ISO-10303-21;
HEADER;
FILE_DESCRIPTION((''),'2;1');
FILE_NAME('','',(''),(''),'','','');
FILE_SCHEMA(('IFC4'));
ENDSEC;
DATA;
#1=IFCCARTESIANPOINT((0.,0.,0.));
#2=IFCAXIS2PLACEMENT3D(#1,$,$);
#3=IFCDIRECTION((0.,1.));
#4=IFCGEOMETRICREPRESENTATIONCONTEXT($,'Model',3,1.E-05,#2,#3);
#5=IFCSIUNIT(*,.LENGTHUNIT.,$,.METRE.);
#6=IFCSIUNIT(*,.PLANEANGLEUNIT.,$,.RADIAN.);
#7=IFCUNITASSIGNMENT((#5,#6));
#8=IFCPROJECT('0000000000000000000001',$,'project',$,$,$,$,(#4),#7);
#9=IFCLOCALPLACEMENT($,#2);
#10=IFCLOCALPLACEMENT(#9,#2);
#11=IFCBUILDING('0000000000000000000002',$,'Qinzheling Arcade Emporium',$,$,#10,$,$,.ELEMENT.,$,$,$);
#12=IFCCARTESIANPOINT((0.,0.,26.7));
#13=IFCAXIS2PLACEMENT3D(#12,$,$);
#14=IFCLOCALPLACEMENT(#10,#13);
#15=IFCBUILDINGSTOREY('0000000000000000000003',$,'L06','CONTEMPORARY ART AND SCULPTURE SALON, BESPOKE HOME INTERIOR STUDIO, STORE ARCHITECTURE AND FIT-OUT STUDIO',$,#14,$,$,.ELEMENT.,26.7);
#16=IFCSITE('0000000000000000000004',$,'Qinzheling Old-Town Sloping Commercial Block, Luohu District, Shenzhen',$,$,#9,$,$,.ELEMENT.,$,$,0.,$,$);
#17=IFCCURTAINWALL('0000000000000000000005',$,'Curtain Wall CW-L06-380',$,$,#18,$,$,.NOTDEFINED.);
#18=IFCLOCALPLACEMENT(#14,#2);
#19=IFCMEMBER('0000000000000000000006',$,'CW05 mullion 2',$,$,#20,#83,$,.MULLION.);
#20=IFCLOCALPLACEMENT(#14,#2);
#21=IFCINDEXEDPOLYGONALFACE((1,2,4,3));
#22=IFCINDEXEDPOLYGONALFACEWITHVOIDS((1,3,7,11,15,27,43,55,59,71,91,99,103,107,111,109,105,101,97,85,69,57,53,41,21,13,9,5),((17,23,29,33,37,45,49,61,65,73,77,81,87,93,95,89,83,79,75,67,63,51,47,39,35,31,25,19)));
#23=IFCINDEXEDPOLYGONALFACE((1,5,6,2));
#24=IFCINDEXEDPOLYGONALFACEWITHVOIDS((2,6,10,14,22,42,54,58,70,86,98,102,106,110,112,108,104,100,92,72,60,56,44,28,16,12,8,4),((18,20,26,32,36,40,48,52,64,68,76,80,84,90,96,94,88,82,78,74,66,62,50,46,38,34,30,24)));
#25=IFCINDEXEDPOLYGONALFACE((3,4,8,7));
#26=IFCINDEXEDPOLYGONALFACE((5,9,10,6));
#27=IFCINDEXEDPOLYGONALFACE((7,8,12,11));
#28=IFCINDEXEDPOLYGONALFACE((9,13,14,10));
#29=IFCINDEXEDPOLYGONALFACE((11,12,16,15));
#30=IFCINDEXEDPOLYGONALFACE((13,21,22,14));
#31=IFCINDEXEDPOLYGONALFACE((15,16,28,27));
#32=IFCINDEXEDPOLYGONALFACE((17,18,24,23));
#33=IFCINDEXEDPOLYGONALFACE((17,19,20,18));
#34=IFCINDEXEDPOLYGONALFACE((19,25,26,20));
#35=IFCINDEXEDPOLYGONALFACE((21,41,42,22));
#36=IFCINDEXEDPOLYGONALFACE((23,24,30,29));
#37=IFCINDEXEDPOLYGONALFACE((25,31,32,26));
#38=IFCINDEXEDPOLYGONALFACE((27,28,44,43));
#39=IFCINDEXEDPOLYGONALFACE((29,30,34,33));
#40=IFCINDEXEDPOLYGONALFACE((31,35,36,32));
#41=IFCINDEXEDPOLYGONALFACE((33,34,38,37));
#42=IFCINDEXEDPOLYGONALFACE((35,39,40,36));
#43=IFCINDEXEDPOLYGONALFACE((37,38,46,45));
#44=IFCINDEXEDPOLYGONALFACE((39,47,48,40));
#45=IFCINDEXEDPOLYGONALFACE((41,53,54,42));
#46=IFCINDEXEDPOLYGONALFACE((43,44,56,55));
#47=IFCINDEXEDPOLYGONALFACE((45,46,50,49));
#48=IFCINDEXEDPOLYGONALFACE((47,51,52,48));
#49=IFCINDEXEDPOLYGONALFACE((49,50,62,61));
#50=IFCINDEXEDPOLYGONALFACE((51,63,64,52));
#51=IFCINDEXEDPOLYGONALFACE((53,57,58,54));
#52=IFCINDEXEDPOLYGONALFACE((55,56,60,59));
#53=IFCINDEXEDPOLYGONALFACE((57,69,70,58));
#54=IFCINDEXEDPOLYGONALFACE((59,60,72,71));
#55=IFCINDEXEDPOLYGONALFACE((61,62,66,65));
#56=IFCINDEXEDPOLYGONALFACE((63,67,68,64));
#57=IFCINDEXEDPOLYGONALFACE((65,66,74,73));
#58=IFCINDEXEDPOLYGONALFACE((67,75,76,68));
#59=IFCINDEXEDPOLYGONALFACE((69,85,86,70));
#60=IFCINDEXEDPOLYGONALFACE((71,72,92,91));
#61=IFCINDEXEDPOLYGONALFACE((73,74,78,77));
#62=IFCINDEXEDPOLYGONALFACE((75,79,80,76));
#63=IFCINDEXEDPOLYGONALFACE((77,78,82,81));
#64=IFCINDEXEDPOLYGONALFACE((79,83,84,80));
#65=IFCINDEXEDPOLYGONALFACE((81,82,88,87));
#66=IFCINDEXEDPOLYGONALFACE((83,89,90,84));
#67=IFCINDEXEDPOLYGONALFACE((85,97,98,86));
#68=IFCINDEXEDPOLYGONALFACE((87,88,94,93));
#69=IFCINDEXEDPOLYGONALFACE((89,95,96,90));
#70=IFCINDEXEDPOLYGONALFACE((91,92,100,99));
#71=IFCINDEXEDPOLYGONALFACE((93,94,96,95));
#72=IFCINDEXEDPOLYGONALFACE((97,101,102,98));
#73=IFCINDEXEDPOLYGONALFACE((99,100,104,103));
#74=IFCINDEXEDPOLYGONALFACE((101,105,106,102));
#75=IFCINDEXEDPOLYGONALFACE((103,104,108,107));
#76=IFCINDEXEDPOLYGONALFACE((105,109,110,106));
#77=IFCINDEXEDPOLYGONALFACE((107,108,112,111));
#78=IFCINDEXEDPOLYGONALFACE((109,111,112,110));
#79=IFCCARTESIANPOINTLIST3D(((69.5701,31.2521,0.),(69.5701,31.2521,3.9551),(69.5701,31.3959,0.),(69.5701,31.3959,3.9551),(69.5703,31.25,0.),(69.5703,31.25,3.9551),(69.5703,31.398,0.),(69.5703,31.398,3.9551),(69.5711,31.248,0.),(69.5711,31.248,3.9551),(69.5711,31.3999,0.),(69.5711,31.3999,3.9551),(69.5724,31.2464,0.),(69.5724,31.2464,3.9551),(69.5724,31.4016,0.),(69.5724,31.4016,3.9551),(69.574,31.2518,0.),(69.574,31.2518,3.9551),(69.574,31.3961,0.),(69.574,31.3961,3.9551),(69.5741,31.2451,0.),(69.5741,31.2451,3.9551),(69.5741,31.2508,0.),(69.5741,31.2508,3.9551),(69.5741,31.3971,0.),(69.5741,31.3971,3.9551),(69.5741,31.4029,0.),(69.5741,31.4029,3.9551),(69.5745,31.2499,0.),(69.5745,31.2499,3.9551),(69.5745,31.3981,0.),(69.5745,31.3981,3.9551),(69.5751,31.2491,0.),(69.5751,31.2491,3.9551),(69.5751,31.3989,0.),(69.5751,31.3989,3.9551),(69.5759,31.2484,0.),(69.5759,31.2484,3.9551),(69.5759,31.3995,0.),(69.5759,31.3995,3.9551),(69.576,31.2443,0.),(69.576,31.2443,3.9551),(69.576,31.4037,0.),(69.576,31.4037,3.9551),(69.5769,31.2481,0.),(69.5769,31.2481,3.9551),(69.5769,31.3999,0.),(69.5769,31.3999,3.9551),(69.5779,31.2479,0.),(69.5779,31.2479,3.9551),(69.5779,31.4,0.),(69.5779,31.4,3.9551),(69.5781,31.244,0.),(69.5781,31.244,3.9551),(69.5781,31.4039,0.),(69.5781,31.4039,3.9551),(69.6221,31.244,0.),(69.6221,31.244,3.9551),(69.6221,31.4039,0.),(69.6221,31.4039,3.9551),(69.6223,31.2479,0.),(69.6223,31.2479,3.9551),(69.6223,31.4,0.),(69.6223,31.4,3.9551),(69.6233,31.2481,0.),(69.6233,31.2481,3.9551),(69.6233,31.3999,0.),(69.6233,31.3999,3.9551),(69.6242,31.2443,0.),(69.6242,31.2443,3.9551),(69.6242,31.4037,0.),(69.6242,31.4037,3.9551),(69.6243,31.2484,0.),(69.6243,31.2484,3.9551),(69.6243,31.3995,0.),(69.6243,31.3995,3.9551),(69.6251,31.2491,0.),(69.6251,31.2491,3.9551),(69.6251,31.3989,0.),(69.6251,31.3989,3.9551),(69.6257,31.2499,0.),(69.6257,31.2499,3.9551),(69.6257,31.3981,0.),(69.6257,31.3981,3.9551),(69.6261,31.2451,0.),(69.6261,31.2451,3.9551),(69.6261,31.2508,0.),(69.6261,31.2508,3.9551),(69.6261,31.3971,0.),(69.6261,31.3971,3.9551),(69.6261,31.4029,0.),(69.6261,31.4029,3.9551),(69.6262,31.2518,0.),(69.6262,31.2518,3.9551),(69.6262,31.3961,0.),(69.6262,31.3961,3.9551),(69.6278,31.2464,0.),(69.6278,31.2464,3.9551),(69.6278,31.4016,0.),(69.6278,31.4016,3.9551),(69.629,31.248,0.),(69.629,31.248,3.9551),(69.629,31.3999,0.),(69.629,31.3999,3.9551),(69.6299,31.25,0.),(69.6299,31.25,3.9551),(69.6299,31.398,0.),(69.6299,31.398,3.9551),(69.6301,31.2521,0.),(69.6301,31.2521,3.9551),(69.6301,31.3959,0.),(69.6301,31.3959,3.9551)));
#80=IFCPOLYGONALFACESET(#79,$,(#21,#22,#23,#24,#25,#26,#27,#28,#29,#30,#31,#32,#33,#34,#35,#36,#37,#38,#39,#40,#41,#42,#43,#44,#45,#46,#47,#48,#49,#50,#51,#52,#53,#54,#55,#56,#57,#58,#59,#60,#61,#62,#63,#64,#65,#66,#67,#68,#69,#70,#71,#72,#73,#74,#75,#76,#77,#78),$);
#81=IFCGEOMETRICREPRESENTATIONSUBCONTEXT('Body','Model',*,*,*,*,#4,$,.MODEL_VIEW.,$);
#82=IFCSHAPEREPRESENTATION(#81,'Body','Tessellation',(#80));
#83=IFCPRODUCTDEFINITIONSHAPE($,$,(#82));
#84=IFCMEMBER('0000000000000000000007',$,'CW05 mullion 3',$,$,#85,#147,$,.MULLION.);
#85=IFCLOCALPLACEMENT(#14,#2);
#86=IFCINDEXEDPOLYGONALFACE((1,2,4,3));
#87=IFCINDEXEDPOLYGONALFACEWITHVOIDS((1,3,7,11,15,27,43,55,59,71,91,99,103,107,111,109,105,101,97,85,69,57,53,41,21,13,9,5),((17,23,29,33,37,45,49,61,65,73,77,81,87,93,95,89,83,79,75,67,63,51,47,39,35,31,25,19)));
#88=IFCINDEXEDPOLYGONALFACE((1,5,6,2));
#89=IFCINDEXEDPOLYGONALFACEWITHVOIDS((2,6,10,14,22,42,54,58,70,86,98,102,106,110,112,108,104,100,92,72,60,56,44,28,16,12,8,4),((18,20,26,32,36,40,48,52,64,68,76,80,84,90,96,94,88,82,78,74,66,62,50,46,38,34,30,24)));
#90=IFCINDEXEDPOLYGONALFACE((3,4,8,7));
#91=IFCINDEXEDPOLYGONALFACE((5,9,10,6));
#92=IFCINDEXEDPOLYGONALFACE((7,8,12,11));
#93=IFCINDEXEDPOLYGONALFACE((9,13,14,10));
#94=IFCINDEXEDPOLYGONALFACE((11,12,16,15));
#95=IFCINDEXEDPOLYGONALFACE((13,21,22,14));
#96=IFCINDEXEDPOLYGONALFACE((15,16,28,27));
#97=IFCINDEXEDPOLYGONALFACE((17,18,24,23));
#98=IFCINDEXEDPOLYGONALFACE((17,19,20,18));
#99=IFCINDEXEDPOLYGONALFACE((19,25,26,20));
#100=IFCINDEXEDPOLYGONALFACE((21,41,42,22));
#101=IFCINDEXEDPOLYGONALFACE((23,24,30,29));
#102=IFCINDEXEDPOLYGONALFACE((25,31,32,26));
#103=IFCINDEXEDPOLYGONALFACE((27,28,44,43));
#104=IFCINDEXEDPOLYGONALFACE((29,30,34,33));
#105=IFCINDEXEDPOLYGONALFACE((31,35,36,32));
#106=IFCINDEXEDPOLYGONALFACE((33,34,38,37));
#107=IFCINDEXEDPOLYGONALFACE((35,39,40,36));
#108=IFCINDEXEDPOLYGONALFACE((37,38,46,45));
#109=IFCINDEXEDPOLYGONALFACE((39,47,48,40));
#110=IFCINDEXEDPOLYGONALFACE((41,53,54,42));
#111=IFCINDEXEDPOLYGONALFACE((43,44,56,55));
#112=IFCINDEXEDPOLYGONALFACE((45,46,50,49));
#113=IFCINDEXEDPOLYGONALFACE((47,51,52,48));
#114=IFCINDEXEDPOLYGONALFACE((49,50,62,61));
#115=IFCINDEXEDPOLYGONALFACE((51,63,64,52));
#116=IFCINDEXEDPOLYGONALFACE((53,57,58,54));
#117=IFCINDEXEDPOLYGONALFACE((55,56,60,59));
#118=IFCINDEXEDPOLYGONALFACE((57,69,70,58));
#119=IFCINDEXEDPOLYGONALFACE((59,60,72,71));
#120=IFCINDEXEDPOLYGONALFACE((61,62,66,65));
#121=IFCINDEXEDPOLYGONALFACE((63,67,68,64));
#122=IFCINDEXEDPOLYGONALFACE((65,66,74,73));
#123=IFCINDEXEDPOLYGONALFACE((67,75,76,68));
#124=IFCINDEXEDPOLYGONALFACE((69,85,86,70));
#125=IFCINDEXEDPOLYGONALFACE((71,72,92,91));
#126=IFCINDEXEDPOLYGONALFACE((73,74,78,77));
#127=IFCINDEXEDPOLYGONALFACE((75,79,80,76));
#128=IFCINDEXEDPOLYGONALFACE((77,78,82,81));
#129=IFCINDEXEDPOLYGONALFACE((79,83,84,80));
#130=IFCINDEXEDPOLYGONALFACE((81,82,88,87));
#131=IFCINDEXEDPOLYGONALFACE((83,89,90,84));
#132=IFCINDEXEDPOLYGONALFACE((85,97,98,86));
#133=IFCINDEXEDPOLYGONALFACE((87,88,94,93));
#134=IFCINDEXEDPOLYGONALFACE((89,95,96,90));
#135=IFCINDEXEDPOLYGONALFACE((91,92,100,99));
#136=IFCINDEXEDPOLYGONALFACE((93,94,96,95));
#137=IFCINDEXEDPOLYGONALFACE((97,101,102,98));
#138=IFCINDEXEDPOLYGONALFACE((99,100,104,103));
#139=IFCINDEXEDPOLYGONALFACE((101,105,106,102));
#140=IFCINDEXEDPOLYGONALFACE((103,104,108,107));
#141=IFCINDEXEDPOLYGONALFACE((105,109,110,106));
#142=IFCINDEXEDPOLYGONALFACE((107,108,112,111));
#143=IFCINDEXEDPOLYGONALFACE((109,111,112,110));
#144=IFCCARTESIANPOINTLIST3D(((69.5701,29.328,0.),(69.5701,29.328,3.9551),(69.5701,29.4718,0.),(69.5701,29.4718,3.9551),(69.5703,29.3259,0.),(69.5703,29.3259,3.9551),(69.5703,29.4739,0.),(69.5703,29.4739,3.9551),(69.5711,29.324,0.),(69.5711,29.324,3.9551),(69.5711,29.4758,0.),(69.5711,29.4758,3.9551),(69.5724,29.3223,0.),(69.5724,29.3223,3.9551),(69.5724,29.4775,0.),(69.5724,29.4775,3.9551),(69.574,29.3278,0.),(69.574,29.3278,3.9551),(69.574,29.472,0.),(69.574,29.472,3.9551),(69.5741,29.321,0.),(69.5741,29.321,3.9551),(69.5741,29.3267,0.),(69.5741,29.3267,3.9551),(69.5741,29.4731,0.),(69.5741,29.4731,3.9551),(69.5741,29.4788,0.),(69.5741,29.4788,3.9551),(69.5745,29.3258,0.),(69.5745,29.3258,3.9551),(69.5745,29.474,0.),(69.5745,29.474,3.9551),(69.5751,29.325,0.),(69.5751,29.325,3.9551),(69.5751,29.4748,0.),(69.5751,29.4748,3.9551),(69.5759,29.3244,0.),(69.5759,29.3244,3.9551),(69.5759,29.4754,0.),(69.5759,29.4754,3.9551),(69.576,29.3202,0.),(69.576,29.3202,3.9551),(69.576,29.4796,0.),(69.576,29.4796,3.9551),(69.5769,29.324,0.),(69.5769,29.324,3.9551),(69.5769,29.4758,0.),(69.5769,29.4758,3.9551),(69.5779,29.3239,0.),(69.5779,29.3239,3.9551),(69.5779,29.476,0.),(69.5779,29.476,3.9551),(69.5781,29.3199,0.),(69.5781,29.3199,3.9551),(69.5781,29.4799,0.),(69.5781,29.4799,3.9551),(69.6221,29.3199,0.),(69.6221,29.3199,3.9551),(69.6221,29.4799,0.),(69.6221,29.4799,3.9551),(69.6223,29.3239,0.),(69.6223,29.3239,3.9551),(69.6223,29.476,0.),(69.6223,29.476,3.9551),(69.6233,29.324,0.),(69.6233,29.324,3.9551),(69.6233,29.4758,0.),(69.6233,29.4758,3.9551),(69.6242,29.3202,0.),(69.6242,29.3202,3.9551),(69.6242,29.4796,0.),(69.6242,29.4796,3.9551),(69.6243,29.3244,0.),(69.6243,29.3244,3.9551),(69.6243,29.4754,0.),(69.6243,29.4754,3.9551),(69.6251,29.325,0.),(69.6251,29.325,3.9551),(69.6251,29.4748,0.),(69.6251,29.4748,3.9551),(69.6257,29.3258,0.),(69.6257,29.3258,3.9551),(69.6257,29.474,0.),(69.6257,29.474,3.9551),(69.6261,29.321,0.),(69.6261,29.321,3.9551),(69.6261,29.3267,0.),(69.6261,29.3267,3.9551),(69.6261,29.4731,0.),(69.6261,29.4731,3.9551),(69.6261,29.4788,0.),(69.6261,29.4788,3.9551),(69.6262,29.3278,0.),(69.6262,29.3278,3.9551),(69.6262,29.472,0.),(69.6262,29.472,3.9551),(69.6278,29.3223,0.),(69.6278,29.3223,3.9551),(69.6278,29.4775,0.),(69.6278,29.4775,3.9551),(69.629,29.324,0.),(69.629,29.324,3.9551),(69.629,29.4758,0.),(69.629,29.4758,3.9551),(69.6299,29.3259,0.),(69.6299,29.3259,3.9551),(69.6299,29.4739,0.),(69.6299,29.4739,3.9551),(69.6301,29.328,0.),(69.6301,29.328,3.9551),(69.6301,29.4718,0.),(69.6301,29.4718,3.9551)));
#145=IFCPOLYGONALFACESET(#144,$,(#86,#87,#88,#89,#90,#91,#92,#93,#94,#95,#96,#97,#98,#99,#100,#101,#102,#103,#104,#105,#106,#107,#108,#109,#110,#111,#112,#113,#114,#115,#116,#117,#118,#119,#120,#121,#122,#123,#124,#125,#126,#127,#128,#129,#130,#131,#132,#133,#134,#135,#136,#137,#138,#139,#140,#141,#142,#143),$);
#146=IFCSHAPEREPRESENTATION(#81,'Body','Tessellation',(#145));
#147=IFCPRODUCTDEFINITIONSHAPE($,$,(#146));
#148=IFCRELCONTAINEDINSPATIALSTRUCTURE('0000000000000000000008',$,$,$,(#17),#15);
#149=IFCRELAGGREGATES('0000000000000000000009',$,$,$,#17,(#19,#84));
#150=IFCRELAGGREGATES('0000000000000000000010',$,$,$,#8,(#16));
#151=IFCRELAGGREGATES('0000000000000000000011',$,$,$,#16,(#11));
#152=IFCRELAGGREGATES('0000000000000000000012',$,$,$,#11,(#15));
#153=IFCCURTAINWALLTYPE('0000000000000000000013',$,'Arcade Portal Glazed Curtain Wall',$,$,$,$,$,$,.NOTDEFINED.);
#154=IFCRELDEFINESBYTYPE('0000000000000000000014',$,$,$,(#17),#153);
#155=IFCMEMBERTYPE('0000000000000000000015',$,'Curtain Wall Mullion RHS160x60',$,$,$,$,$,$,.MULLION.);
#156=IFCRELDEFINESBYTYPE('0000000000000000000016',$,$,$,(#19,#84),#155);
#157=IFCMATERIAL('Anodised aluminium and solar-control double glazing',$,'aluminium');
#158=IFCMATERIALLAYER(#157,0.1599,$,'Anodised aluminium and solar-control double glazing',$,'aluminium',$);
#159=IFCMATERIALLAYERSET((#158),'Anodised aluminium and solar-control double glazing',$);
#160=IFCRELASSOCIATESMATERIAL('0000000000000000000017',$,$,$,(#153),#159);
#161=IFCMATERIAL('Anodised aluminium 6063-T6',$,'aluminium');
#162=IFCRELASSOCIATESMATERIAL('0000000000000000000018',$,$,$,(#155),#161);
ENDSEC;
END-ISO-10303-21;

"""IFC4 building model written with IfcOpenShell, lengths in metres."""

from ifc_helpers import new_model, si_unit, direction, frame, origin, origin_2d, place, context, subcontext, project, spatial, hollow_rectangle, extrude, material, layer, layer_set, material_profile, profile_set, type_object, element, aggregate, save


model = new_model("IFC4")

# Units and contexts
model_context = context("Model", 3, precision=1e-05, world=origin(), true_north=direction((0.0, 1.0)))
body_context = subcontext(model_context, "Body", "Model", "MODEL_VIEW")
ifc_project = project(units=[si_unit("LENGTHUNIT", "METRE"), si_unit("PLANEANGLEUNIT", "RADIAN")], contexts=[model_context])

# Site, building, storey
site_placement = place(None, origin())
site = spatial("IfcSite", under=ifc_project, at=site_placement, Name="Qinzheling Old-Town Sloping Commercial Block, Luohu District, Shenzhen", CompositionType="ELEMENT", RefElevation=0.0)
building_placement = place(site_placement, origin())
building = spatial("IfcBuilding", under=site, at=building_placement, Name="Qinzheling Arcade Emporium", CompositionType="ELEMENT")
storey_placement = place(building_placement, frame((0.0, 0.0, 26.7)))
storey = spatial("IfcBuildingStorey", under=building, at=storey_placement, Name="L06", Description="CONTEMPORARY ART AND SCULPTURE SALON, BESPOKE HOME INTERIOR STUDIO, STORE ARCHITECTURE AND FIT-OUT STUDIO", CompositionType="ELEMENT", Elevation=26.7)

# Curtain wall, members
ifc_material_1 = material(Name="Anodised aluminium and solar-control double glazing", Category="aluminium")
ifc_layer_1 = layer(ifc_material_1, 0.1599, Name="Anodised aluminium and solar-control double glazing", Category="aluminium")
ifc_layer_set_1 = layer_set([ifc_layer_1], Name="Anodised aluminium and solar-control double glazing")
curtain_wall_type = type_object("IfcCurtainWallType", Name="Arcade Portal Glazed Curtain Wall", PredefinedType="NOTDEFINED", material=ifc_layer_set_1)
curtain_wall_placement = place(storey_placement, origin())
curtain_wall = element("IfcCurtainWall", 1, at=curtain_wall_placement, inside=storey, type_object=curtain_wall_type, Name="Curtain Wall CW-L06-380", PredefinedType="NOTDEFINED")
ifc_material_2 = material(Name="Anodised aluminium 6063-T6", Category="aluminium")
ifc_material_profile_1 = material_profile(ifc_material_2, hollow_rectangle(XDim=0.0601, YDim=0.1599, WallThickness=0.0039, InnerFilletRadius=0.0039, OuterFilletRadius=0.0081, at=origin_2d()), Name="RHS 160x60x4", Category="aluminium")
ifc_profile_set_1 = profile_set([ifc_material_profile_1], Name="Anodised aluminium 6063-T6")
member_type_1 = type_object("IfcMemberType", Name="Curtain Wall Mullion RHS160x60", PredefinedType="MULLION", material=ifc_profile_set_1)
member_1_placement = place(storey_placement, frame((69.6001, 31.324, 0.0), z_axis=(0.0, 0.0, 1.0), x_axis=(1.0, 0.0, 0.0)))
member_1 = element("IfcMember", 2, at=member_1_placement, type_object=member_type_1, Name="CW05 mullion 2", PredefinedType="MULLION", context=body_context, shape_type="SweptSolid", body=[
    extrude(hollow_rectangle(XDim=0.0601, YDim=0.1599, WallThickness=0.0039, InnerFilletRadius=0.0039, OuterFilletRadius=0.0081, at=origin_2d()), origin(), (0.0, 0.0, 1.0), 3.9551),
])
member_2_placement = place(storey_placement, frame((69.6001, 29.3999, 0.0), z_axis=(0.0, 0.0, 1.0), x_axis=(1.0, 0.0, 0.0)))
member_2 = element("IfcMember", 3, at=member_2_placement, type_object=member_type_1, Name="CW05 mullion 3", PredefinedType="MULLION", context=body_context, shape_type="SweptSolid", body=[
    extrude(hollow_rectangle(XDim=0.0601, YDim=0.1599, WallThickness=0.0039, InnerFilletRadius=0.0039, OuterFilletRadius=0.0081, at=origin_2d()), origin(), (0.0, 0.0, 1.0), 3.9551),
])
aggregate(curtain_wall, [member_1, member_2])

save(model, "model.ifc")
